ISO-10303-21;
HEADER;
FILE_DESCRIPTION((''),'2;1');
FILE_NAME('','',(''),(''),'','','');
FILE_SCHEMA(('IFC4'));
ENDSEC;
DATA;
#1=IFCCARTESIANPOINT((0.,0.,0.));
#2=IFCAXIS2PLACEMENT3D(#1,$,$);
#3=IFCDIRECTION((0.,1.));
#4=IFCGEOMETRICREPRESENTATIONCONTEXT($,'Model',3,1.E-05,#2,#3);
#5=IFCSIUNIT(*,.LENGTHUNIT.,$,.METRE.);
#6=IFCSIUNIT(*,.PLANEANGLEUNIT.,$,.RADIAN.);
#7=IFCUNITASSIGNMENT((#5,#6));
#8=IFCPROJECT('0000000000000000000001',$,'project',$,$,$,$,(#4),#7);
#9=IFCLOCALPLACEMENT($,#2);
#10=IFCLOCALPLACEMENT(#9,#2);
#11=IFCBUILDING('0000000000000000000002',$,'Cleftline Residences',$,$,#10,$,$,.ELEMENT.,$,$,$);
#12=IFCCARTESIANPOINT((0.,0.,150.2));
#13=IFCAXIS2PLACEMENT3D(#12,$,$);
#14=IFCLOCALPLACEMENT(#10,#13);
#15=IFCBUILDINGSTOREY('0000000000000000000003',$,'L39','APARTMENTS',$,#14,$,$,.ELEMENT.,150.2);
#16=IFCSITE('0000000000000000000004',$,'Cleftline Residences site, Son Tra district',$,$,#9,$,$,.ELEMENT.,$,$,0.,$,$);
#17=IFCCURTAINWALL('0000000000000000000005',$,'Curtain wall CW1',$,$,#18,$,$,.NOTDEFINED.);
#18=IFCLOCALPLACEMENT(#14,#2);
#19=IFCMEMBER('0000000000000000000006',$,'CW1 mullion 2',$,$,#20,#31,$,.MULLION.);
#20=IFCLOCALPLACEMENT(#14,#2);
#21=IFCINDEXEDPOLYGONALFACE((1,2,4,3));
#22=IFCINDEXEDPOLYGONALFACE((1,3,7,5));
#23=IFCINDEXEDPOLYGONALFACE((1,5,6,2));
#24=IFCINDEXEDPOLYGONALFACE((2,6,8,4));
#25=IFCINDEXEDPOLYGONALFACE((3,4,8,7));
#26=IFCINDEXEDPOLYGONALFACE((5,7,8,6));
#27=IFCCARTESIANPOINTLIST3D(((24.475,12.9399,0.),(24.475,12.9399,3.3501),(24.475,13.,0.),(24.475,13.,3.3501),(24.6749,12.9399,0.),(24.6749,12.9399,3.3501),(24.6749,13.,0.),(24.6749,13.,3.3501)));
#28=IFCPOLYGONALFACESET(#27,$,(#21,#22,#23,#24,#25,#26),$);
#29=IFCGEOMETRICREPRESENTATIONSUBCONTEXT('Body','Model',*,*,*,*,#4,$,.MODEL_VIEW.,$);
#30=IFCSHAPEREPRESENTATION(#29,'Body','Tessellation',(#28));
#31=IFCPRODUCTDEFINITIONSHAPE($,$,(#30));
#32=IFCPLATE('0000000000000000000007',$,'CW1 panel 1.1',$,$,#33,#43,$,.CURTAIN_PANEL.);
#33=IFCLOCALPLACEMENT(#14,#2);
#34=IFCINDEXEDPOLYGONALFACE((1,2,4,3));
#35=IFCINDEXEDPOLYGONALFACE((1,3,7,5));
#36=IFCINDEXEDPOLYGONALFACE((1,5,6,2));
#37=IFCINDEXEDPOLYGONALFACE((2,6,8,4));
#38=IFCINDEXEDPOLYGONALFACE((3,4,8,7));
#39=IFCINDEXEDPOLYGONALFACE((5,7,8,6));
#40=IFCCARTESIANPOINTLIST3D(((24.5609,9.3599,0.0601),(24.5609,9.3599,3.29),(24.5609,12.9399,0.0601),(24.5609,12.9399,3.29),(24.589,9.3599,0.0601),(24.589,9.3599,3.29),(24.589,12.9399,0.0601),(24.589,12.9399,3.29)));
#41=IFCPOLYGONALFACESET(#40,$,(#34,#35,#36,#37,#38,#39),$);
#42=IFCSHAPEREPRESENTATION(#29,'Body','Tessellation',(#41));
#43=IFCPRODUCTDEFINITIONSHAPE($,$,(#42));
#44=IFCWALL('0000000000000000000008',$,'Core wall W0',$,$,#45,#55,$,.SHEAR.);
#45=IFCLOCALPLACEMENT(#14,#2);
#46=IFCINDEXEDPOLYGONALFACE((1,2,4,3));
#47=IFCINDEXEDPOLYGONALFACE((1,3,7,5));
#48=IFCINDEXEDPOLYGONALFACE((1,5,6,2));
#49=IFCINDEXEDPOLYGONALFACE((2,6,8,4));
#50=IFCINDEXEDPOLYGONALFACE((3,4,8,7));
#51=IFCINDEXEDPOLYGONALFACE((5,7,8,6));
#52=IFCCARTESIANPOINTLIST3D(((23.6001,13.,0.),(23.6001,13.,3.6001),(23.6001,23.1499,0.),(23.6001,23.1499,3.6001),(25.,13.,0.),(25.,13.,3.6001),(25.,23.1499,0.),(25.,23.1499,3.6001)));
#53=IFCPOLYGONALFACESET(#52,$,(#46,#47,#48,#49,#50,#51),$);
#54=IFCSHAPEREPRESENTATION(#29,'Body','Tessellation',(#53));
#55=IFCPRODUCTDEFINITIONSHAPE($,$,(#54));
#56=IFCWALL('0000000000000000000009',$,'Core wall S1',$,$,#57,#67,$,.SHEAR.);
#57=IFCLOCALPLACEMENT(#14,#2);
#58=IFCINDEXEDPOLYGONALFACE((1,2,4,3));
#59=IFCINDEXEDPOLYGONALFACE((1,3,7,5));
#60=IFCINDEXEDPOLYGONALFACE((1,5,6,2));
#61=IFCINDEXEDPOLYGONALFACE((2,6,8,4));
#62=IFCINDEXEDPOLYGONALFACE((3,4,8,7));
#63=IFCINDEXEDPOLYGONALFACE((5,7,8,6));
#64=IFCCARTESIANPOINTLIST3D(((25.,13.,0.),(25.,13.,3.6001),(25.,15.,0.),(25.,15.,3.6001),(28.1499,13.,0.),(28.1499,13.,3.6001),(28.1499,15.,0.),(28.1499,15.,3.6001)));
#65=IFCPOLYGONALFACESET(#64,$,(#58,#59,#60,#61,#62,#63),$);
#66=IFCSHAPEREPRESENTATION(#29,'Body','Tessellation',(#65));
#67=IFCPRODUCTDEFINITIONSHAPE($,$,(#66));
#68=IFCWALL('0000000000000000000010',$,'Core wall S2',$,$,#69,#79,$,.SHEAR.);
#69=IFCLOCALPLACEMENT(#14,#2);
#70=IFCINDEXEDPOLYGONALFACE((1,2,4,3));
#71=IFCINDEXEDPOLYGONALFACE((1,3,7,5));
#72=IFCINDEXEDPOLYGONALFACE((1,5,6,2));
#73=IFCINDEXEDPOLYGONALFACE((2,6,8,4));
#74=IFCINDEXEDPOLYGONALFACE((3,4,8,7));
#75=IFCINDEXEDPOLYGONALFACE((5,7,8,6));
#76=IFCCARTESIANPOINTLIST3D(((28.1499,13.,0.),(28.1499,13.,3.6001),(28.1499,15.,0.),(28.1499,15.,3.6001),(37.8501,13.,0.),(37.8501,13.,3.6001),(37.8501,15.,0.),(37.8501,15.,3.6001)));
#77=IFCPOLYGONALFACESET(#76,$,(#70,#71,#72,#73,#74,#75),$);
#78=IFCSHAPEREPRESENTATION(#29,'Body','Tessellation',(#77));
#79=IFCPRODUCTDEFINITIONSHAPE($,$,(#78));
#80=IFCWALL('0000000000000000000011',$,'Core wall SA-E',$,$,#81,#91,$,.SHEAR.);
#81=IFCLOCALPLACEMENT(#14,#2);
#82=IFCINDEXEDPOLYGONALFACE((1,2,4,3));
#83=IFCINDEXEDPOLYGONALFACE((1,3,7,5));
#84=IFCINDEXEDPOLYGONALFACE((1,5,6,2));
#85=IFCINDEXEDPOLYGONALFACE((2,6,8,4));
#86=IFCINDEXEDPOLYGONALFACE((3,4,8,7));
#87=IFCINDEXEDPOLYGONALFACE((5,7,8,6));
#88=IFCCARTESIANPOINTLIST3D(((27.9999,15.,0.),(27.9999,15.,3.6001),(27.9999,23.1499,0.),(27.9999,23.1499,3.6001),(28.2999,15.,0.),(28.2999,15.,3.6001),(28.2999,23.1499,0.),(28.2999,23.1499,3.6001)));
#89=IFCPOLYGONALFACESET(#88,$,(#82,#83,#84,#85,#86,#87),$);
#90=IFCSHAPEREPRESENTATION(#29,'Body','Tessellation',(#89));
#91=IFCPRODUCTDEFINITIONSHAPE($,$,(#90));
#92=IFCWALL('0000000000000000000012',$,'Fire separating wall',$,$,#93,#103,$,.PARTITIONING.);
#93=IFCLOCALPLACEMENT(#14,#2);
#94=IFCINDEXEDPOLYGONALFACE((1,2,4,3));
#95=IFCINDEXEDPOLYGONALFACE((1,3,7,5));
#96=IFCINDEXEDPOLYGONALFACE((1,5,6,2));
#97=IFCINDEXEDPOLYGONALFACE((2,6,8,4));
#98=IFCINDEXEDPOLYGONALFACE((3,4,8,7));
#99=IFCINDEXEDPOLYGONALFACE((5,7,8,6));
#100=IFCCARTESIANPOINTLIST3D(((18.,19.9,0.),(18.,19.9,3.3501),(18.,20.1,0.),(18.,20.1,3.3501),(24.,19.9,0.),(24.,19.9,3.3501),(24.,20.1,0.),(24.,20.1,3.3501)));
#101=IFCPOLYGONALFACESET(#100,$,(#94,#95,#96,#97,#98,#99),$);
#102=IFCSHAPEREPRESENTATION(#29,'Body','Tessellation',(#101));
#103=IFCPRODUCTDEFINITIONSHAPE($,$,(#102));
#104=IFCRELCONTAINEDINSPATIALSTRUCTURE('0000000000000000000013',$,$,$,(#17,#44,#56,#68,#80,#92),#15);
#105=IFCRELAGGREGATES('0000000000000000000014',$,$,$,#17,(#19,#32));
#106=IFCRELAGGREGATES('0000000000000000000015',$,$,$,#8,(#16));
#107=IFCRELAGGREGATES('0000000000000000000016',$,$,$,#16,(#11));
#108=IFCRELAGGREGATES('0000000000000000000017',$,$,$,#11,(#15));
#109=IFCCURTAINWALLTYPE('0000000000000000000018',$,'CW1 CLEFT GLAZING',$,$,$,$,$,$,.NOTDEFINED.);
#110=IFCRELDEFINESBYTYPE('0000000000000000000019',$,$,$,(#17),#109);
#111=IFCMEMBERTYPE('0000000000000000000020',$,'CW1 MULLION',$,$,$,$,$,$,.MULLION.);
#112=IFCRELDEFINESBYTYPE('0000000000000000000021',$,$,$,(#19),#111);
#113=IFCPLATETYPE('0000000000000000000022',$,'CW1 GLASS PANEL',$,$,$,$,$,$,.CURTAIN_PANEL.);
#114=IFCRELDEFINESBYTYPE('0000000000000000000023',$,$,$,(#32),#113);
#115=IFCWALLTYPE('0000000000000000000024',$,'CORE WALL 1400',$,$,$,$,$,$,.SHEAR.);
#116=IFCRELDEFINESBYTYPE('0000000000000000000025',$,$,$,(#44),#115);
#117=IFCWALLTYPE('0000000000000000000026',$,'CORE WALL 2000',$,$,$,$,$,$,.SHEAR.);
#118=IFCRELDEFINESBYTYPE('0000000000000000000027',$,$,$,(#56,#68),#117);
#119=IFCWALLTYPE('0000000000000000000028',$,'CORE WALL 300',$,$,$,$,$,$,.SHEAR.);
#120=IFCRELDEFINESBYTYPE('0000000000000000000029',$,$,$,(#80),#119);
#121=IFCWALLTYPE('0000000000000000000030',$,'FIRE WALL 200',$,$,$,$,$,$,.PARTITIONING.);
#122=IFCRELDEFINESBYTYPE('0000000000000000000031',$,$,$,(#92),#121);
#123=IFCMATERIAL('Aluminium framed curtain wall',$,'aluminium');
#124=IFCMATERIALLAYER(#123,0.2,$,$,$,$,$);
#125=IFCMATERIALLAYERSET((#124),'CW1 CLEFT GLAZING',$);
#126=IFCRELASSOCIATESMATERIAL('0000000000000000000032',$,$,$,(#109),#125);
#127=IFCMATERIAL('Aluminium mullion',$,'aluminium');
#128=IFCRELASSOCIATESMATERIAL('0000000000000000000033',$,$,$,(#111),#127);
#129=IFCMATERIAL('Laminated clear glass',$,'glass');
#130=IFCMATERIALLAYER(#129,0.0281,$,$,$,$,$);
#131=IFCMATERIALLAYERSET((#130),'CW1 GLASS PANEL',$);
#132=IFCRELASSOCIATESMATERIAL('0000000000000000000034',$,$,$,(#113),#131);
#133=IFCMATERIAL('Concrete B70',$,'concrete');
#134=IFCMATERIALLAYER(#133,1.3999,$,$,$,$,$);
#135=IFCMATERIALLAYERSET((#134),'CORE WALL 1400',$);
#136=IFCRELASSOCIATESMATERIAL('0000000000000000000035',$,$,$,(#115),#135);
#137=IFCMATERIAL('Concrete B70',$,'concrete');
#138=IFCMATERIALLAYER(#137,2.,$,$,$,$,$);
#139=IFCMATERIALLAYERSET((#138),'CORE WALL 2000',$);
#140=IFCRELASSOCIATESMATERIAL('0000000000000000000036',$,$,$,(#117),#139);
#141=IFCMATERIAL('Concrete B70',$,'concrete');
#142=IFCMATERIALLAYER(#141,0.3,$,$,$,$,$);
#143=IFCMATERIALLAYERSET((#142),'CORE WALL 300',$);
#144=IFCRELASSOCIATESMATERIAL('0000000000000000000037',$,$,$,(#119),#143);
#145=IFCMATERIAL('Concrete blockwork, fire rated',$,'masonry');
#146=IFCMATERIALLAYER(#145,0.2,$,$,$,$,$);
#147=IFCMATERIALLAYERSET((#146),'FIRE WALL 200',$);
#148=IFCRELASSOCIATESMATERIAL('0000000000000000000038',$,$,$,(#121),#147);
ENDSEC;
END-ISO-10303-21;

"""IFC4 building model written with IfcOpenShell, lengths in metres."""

from ifc_helpers import new_model, si_unit, direction, frame, frame_2d, origin, origin_2d, place, context, subcontext, project, spatial, rectangle, extrude, material, layer, layer_set, material_profile, profile_set, type_object, element, aggregate, save


model = new_model("IFC4")

# Units and contexts
model_context = context("Model", 3, precision=1e-05, world=origin(), true_north=direction((0.0, 1.0)))
body_context = subcontext(model_context, "Body", "Model", "MODEL_VIEW")
ifc_project = project(units=[si_unit("LENGTHUNIT", "METRE"), si_unit("PLANEANGLEUNIT", "RADIAN")], contexts=[model_context])

# Site, building, storey
site_placement = place(None, origin())
site = spatial("IfcSite", under=ifc_project, at=site_placement, Name="Cleftline Residences site, Son Tra district", CompositionType="ELEMENT", RefElevation=0.0)
building_placement = place(site_placement, origin())
building = spatial("IfcBuilding", under=site, at=building_placement, Name="Cleftline Residences", CompositionType="ELEMENT")
storey_placement = place(building_placement, frame((0.0, 0.0, 150.2)))
storey = spatial("IfcBuildingStorey", under=building, at=storey_placement, Name="L39", Description="APARTMENTS", CompositionType="ELEMENT", Elevation=150.2)

# Curtain wall, member, plate
ifc_material_1 = material(Name="Aluminium framed curtain wall", Category="aluminium")
ifc_layer_1 = layer(ifc_material_1, 0.2)
ifc_layer_set_1 = layer_set([ifc_layer_1], Name="CW1 CLEFT GLAZING")
curtain_wall_type = type_object("IfcCurtainWallType", Name="CW1 CLEFT GLAZING", PredefinedType="NOTDEFINED", material=ifc_layer_set_1)
curtain_wall_placement = place(storey_placement, origin())
curtain_wall = element("IfcCurtainWall", 1, at=curtain_wall_placement, inside=storey, type_object=curtain_wall_type, Name="Curtain wall CW1", PredefinedType="NOTDEFINED")
ifc_material_2 = material(Name="Aluminium mullion", Category="aluminium")
ifc_material_profile = material_profile(ifc_material_2, rectangle(XDim=0.2, YDim=0.0601, at=origin_2d()))
ifc_profile_set = profile_set([ifc_material_profile], Name="Aluminium mullion")
member_type = type_object("IfcMemberType", Name="CW1 MULLION", PredefinedType="MULLION", material=ifc_profile_set)
member_placement = place(storey_placement, frame((24.575, 12.97, 0.0), z_axis=(0.0, 0.0, 1.0), x_axis=(-1.0, 0.0, 0.0)))
member = element("IfcMember", 2, at=member_placement, type_object=member_type, Name="CW1 mullion 2", PredefinedType="MULLION", context=body_context, shape_type="SweptSolid", body=[
    extrude(rectangle(XDim=0.2, YDim=0.0601, at=origin_2d()), origin(), (0.0, 0.0, 1.0), 3.3501),
])
ifc_material_3 = material(Name="Laminated clear glass", Category="glass")
ifc_layer_2 = layer(ifc_material_3, 0.0281)
ifc_layer_set_2 = layer_set([ifc_layer_2], Name="CW1 GLASS PANEL")
plate_type = type_object("IfcPlateType", Name="CW1 GLASS PANEL", PredefinedType="CURTAIN_PANEL", material=ifc_layer_set_2)
plate_placement = place(storey_placement, frame((24.575, 11.1499, 0.0601), z_axis=(0.0, 0.0, 1.0), x_axis=(0.0, 1.0, 0.0)))
plate = element("IfcPlate", 3, at=plate_placement, type_object=plate_type, Name="CW1 panel 1.1", PredefinedType="CURTAIN_PANEL", context=body_context, shape_type="SweptSolid", body=[
    extrude(rectangle(XDim=3.5801, YDim=0.0281, at=origin_2d()), origin(), (0.0, 0.0, 1.0), 3.23),
])
aggregate(curtain_wall, [member, plate])

# Walls
ifc_material_4 = material(Name="Concrete B70", Category="concrete")
ifc_layer_3 = layer(ifc_material_4, 1.3999)
ifc_layer_set_3 = layer_set([ifc_layer_3], Name="CORE WALL 1400")
wall_type_1 = type_object("IfcWallType", Name="CORE WALL 1400", PredefinedType="SHEAR", material=ifc_layer_set_3)
wall_1_placement = place(storey_placement, frame((24.3, 13.0, 0.0), z_axis=(0.0, 0.0, 1.0), x_axis=(0.0, 1.0, 0.0)))
element("IfcWall", 4, at=wall_1_placement, inside=storey, type_object=wall_type_1, Name="Core wall W0", PredefinedType="SHEAR", context=body_context, shape_type="SweptSolid", body=[
    extrude(rectangle(XDim=10.1499, YDim=1.3999, at=frame_2d((5.075, 0.0))), origin(), (0.0, 0.0, 1.0), 3.6001),
])
ifc_material_5 = material(Name="Concrete B70", Category="concrete")
ifc_layer_4 = layer(ifc_material_5, 2.0)
ifc_layer_set_4 = layer_set([ifc_layer_4], Name="CORE WALL 2000")
wall_type_2 = type_object("IfcWallType", Name="CORE WALL 2000", PredefinedType="SHEAR", material=ifc_layer_set_4)
wall_2_placement = place(storey_placement, frame((25.0, 14.0, 0.0), z_axis=(0.0, 0.0, 1.0), x_axis=(1.0, 0.0, 0.0)))
element("IfcWall", 5, at=wall_2_placement, inside=storey, type_object=wall_type_2, Name="Core wall S1", PredefinedType="SHEAR", context=body_context, shape_type="SweptSolid", body=[
    extrude(rectangle(XDim=3.1499, YDim=2.0, at=frame_2d((1.575, 0.0))), origin(), (0.0, 0.0, 1.0), 3.6001),
])
wall_3_placement = place(storey_placement, frame((28.1499, 14.0, 0.0), z_axis=(0.0, 0.0, 1.0), x_axis=(1.0, 0.0, 0.0)))
element("IfcWall", 6, at=wall_3_placement, inside=storey, type_object=wall_type_2, Name="Core wall S2", PredefinedType="SHEAR", context=body_context, shape_type="SweptSolid", body=[
    extrude(rectangle(XDim=9.7002, YDim=2.0, at=frame_2d((4.8501, 0.0))), origin(), (0.0, 0.0, 1.0), 3.6001),
])
ifc_material_6 = material(Name="Concrete B70", Category="concrete")
ifc_layer_5 = layer(ifc_material_6, 0.3)
ifc_layer_set_5 = layer_set([ifc_layer_5], Name="CORE WALL 300")
wall_type_3 = type_object("IfcWallType", Name="CORE WALL 300", PredefinedType="SHEAR", material=ifc_layer_set_5)
wall_4_placement = place(storey_placement, frame((28.1499, 15.0, 0.0), z_axis=(0.0, 0.0, 1.0), x_axis=(0.0, 1.0, 0.0)))
element("IfcWall", 7, at=wall_4_placement, inside=storey, type_object=wall_type_3, Name="Core wall SA-E", PredefinedType="SHEAR", context=body_context, shape_type="SweptSolid", body=[
    extrude(rectangle(XDim=8.1499, YDim=0.3, at=frame_2d((4.075, 0.0))), origin(), (0.0, 0.0, 1.0), 3.6001),
])
ifc_material_7 = material(Name="Concrete blockwork, fire rated", Category="masonry")
ifc_layer_6 = layer(ifc_material_7, 0.2)
ifc_layer_set_6 = layer_set([ifc_layer_6], Name="FIRE WALL 200")
wall_type_4 = type_object("IfcWallType", Name="FIRE WALL 200", PredefinedType="PARTITIONING", material=ifc_layer_set_6)
wall_5_placement = place(storey_placement, frame((18.0, 20.0, 0.0), z_axis=(0.0, 0.0, 1.0), x_axis=(1.0, 0.0, 0.0)))
element("IfcWall", 8, at=wall_5_placement, inside=storey, type_object=wall_type_4, Name="Fire separating wall", PredefinedType="PARTITIONING", context=body_context, shape_type="SweptSolid", body=[
    extrude(rectangle(XDim=6.0, YDim=0.2, at=frame_2d((3.0, 0.0))), origin(), (0.0, 0.0, 1.0), 3.3501),
])

save(model, "model.ifc")
